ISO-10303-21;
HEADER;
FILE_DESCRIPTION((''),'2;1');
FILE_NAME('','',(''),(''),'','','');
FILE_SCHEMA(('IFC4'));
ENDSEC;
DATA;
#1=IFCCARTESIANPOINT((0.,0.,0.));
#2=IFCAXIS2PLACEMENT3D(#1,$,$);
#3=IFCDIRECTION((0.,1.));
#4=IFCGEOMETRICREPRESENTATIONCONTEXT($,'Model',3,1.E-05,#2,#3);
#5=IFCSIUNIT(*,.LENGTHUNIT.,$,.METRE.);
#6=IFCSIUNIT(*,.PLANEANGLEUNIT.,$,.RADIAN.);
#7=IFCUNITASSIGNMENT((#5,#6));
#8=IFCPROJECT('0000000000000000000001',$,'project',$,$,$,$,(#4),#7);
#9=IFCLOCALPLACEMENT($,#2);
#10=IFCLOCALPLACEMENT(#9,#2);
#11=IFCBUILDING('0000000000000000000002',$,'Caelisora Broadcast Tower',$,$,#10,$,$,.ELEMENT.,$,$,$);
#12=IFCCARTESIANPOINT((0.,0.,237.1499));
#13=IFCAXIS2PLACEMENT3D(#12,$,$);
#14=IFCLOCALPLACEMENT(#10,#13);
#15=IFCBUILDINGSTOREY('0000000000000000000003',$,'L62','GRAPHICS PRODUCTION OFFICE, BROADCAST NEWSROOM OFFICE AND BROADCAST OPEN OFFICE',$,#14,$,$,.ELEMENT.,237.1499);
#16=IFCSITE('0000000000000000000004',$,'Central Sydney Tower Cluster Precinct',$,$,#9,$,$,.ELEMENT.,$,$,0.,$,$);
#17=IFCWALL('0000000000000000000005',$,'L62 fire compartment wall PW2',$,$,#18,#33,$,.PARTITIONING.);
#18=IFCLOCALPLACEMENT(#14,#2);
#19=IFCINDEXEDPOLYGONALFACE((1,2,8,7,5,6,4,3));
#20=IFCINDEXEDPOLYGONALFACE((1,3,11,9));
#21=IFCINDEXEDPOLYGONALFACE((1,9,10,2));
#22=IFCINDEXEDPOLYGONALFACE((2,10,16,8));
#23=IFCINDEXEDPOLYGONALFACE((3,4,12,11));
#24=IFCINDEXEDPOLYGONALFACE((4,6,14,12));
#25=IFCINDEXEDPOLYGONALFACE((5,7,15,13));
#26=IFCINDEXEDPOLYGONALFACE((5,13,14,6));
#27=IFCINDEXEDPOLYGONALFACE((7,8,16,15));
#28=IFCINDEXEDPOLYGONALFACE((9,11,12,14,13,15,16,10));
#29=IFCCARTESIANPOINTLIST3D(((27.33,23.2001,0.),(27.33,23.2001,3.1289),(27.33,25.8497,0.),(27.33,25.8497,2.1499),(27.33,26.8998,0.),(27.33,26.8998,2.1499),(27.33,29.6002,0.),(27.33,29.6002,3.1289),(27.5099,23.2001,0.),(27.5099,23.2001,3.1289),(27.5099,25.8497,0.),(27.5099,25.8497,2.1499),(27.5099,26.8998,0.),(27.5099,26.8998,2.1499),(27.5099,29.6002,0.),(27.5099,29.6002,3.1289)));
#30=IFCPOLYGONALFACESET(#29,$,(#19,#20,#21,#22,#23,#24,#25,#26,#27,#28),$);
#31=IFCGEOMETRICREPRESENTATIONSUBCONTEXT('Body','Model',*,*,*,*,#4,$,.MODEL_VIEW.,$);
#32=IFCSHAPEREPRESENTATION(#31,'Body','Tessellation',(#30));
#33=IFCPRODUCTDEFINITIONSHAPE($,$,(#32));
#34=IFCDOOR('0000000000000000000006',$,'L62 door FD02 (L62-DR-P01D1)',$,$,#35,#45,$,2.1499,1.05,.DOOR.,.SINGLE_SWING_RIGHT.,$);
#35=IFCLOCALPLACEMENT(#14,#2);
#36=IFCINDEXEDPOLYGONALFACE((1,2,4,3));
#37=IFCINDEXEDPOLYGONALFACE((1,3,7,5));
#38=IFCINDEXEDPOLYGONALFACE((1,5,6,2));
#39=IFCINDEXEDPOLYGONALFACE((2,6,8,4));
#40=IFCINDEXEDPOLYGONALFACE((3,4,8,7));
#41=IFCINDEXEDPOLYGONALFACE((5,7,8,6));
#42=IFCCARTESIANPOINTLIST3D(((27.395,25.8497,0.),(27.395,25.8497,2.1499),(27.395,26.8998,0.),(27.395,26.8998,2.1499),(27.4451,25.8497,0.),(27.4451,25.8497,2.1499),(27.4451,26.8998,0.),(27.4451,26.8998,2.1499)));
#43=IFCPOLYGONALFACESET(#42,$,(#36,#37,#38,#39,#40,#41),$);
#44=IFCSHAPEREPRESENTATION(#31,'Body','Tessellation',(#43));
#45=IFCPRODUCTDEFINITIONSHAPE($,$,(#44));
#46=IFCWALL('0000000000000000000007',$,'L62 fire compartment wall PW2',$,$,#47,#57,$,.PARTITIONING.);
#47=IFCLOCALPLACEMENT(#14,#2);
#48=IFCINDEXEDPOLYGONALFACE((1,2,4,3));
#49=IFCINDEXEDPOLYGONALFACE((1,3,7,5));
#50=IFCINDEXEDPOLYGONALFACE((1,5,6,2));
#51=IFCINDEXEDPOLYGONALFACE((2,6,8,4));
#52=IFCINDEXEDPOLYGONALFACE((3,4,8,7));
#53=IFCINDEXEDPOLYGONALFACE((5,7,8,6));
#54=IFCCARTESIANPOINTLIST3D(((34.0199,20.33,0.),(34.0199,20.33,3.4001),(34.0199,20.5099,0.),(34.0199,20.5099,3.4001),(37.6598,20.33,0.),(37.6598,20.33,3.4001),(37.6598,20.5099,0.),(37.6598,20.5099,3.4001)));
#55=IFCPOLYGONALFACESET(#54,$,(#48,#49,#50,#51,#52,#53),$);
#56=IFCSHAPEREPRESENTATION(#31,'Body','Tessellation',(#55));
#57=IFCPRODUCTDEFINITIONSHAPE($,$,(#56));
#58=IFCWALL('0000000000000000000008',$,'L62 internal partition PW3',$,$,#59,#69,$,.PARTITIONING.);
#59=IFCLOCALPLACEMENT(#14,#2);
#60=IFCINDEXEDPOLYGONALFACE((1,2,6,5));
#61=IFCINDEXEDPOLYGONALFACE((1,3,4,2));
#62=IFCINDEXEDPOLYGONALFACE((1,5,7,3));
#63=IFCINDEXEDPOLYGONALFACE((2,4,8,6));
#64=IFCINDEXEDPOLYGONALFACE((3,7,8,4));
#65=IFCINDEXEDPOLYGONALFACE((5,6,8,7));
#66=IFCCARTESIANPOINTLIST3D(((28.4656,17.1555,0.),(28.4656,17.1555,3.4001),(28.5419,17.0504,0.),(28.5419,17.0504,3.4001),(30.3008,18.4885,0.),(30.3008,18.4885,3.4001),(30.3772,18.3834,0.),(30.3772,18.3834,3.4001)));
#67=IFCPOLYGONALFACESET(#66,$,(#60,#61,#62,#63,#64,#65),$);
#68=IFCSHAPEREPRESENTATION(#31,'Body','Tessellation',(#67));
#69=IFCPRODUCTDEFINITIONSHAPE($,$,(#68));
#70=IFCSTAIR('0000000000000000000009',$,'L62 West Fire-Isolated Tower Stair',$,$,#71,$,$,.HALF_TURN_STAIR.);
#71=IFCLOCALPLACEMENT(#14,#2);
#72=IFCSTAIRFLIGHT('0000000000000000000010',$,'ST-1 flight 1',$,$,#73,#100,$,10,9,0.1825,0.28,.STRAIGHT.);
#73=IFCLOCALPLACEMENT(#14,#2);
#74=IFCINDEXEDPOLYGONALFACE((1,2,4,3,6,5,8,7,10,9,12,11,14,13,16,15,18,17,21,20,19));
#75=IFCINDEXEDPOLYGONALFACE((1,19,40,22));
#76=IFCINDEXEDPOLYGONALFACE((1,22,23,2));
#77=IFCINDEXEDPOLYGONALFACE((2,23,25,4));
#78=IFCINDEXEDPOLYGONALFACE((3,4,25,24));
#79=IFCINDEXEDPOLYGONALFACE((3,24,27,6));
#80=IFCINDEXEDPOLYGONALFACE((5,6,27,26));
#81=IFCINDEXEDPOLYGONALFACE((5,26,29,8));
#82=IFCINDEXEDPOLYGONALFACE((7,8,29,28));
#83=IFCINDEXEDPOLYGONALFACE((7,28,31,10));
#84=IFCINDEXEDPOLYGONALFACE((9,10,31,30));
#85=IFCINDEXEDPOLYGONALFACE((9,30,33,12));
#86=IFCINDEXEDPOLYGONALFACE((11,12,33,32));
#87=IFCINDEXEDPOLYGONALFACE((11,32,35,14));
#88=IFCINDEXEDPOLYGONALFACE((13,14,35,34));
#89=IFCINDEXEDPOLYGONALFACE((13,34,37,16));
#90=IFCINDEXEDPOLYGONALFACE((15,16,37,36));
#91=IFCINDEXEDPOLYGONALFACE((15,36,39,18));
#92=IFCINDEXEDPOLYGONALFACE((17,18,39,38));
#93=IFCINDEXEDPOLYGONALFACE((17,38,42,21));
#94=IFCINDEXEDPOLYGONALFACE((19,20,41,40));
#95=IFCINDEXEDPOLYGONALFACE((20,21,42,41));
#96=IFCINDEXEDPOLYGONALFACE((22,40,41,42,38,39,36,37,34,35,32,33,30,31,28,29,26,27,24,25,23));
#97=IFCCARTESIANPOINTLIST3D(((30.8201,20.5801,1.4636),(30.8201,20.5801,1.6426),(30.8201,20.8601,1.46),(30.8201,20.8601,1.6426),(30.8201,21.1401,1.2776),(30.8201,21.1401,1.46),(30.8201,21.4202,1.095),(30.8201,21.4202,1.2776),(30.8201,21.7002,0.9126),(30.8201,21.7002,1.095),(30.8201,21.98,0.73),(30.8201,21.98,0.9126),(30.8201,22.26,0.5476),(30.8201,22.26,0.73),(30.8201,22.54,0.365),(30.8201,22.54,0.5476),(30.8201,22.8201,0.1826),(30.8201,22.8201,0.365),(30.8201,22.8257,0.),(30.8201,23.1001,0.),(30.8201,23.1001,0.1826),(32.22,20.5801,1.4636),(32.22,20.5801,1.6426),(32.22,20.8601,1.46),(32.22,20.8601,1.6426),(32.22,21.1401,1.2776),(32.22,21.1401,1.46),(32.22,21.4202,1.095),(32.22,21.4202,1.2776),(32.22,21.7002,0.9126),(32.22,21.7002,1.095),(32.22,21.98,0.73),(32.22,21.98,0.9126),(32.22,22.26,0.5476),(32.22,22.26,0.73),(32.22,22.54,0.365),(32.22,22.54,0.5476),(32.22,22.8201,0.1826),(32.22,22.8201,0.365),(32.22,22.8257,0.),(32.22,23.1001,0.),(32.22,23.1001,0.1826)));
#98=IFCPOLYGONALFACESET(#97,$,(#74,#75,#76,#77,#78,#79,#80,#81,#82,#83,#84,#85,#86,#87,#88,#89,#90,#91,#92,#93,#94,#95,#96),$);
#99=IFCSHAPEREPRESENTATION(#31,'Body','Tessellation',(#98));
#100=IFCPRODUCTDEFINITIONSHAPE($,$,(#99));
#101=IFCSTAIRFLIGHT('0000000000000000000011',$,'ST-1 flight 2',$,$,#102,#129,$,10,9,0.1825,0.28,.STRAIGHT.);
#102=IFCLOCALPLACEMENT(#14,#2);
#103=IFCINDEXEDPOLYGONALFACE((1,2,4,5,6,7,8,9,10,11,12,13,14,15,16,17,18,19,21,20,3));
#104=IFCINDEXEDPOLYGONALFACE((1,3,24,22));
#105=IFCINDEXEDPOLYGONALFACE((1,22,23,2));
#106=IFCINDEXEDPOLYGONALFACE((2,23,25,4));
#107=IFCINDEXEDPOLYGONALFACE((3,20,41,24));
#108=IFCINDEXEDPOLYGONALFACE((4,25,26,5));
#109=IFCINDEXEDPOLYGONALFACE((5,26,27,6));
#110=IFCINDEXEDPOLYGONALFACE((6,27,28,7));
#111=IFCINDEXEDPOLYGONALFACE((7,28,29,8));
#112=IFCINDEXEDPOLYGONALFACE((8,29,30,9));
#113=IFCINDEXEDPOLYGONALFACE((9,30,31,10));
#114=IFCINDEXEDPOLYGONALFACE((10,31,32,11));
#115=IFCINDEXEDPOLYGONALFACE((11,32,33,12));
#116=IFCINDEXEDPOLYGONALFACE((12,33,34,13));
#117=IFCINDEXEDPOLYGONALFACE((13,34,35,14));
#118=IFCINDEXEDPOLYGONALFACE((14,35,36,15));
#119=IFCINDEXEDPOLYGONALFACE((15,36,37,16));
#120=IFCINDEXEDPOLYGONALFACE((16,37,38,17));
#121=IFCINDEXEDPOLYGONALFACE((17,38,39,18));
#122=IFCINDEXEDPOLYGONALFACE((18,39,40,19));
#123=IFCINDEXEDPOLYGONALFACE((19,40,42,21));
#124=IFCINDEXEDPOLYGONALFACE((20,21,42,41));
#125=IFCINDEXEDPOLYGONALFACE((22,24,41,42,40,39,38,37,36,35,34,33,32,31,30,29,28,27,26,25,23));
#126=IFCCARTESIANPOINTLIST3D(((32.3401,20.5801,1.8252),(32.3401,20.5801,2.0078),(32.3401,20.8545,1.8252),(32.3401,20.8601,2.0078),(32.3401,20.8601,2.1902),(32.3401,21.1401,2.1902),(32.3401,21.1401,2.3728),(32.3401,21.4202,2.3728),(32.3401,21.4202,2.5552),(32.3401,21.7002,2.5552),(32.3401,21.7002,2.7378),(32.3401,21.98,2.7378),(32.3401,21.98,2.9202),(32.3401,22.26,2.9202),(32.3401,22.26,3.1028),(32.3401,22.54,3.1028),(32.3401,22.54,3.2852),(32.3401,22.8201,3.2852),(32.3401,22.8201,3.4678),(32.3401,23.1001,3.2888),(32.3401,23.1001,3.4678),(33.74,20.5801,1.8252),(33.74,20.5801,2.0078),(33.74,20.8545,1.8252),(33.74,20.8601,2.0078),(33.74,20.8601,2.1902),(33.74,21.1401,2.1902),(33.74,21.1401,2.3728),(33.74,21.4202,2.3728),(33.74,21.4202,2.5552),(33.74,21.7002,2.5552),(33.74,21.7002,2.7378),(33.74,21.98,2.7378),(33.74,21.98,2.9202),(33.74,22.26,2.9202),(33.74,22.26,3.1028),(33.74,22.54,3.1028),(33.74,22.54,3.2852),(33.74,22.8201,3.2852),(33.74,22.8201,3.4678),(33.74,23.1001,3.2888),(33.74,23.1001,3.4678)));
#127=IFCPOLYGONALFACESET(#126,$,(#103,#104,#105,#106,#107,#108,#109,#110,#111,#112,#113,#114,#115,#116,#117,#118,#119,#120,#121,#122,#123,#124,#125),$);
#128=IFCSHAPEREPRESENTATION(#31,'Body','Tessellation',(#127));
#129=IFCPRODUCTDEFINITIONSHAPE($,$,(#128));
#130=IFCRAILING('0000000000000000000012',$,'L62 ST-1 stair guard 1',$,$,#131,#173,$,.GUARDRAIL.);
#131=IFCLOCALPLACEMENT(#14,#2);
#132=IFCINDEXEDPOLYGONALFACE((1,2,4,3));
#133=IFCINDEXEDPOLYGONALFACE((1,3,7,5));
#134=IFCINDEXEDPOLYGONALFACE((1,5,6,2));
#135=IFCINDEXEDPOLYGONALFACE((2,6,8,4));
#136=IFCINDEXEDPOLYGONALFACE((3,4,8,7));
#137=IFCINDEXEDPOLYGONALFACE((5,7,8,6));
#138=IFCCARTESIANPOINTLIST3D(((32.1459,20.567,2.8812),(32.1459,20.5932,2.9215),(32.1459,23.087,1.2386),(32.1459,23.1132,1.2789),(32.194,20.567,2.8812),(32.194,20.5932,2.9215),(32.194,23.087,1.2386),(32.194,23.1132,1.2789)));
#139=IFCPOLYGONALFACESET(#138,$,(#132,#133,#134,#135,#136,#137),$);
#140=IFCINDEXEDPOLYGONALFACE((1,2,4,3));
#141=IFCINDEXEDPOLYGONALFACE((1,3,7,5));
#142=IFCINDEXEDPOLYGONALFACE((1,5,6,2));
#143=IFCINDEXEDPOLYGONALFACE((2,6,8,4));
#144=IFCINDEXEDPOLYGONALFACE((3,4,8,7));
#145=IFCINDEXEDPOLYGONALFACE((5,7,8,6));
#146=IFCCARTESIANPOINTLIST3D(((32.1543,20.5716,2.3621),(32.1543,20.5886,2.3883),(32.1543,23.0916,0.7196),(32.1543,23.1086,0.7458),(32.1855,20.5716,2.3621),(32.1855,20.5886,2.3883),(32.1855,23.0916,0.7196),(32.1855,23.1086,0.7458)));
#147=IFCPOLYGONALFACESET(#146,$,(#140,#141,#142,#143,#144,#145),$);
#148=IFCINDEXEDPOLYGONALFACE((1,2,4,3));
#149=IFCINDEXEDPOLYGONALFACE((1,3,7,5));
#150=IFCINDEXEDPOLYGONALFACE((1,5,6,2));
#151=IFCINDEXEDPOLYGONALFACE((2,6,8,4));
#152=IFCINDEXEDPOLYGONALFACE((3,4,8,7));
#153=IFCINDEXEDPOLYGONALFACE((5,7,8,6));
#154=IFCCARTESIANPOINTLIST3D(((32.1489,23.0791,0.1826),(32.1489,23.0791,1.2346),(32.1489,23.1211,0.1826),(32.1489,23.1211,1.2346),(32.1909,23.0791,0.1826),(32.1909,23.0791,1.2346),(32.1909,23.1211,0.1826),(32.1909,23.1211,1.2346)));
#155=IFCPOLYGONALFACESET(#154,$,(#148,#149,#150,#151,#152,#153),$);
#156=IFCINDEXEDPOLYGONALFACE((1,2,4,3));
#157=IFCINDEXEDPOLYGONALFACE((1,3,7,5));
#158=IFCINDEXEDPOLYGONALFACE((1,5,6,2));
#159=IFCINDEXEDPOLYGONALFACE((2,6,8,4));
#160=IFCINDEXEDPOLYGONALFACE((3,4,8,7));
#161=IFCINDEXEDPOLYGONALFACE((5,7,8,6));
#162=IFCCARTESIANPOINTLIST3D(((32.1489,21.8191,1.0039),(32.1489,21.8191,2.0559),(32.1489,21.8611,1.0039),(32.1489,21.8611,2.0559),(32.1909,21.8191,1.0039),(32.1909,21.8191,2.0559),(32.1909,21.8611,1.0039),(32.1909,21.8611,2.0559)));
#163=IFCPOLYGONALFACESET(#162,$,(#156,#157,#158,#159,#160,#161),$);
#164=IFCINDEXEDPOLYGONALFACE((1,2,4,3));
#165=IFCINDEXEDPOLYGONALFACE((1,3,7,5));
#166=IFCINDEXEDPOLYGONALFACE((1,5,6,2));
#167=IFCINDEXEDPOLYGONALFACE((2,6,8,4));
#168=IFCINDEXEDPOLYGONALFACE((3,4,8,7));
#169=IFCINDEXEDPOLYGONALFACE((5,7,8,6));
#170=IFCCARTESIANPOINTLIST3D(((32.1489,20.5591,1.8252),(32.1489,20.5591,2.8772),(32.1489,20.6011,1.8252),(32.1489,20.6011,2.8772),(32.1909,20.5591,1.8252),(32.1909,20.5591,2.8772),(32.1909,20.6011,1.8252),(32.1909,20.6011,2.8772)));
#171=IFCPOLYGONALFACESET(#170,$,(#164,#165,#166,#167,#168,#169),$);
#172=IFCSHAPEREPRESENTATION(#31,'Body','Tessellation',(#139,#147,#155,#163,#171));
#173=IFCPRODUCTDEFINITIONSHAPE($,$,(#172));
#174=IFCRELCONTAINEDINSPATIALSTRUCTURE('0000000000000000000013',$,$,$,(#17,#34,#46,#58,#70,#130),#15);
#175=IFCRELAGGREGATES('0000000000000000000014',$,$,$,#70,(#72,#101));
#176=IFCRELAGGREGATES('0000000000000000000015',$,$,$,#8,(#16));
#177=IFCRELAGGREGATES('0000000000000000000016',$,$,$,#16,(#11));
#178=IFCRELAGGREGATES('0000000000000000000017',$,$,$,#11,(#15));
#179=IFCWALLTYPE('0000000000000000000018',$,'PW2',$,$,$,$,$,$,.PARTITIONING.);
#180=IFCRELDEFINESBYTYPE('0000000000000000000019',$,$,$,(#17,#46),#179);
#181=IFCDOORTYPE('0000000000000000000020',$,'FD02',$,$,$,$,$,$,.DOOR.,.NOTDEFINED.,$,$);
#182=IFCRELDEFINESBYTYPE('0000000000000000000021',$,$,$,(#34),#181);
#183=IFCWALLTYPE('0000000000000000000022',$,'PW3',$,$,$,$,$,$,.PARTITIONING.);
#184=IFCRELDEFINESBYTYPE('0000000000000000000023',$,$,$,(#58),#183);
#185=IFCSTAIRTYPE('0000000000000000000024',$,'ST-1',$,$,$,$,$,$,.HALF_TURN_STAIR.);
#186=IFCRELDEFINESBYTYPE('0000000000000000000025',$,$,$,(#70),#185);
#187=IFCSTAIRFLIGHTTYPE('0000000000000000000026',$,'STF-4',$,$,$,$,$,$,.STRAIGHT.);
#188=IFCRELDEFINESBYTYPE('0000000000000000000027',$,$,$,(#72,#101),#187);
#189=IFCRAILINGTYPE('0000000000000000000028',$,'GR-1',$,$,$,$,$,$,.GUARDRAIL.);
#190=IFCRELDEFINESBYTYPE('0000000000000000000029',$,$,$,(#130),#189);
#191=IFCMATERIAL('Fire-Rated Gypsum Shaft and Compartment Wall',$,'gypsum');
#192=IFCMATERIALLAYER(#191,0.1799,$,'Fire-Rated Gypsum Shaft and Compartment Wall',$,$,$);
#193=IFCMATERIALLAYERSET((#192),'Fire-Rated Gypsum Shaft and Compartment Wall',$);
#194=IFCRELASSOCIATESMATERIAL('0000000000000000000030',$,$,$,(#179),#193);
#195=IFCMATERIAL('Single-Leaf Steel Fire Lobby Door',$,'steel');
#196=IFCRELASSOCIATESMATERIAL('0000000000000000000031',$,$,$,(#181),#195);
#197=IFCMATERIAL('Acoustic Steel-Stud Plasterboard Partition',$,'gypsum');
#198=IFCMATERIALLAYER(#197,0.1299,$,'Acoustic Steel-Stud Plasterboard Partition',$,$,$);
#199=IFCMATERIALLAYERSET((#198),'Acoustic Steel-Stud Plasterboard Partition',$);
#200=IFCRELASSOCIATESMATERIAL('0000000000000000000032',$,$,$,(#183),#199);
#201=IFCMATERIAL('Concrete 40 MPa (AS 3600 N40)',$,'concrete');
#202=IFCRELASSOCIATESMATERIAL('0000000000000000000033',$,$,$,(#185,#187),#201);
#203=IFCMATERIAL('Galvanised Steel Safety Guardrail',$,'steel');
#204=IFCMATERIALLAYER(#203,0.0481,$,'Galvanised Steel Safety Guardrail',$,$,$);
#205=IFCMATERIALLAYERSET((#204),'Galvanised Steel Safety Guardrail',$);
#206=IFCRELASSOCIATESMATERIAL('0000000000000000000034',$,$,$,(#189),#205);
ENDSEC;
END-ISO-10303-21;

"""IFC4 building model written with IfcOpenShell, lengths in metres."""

from ifc_helpers import new_model, si_unit, direction, frame, frame_2d, origin, origin_2d, place, context, subcontext, project, spatial, polyline, rectangle, outline, extrude, material, layer, layer_set, type_object, element, fill, aggregate, save


model = new_model("IFC4")

# Units and contexts
model_context = context("Model", 3, precision=1e-05, world=origin(), true_north=direction((0.0, 1.0)))
body_context = subcontext(model_context, "Body", "Model", "MODEL_VIEW")
ifc_project = project(units=[si_unit("LENGTHUNIT", "METRE"), si_unit("PLANEANGLEUNIT", "RADIAN")], contexts=[model_context])

# Site, building, storey
site_placement = place(None, origin())
site = spatial("IfcSite", under=ifc_project, at=site_placement, Name="Central Sydney Tower Cluster Precinct", CompositionType="ELEMENT", RefElevation=0.0)
building_placement = place(site_placement, origin())
building = spatial("IfcBuilding", under=site, at=building_placement, Name="Caelisora Broadcast Tower", CompositionType="ELEMENT")
storey_placement = place(building_placement, frame((0.0, 0.0, 237.1499)))
storey = spatial("IfcBuildingStorey", under=building, at=storey_placement, Name="L62", Description="GRAPHICS PRODUCTION OFFICE, BROADCAST NEWSROOM OFFICE AND BROADCAST OPEN OFFICE", CompositionType="ELEMENT", Elevation=237.1499)

# Shared definitions
ifc_material_1 = material(Name="Concrete 40 MPa (AS 3600 N40)", Category="concrete")

# Wall, opening, door
ifc_material_2 = material(Name="Fire-Rated Gypsum Shaft and Compartment Wall", Category="gypsum")
ifc_layer_1 = layer(ifc_material_2, 0.1799, Name="Fire-Rated Gypsum Shaft and Compartment Wall")
ifc_layer_set_1 = layer_set([ifc_layer_1], Name="Fire-Rated Gypsum Shaft and Compartment Wall")
wall_type_1 = type_object("IfcWallType", Name="PW2", PredefinedType="PARTITIONING", material=ifc_layer_set_1)
wall_1_placement = place(storey_placement, frame((27.4199, 23.2, 0.0), z_axis=(0.0, 0.0, 1.0), x_axis=(0.0, 1.0, 0.0)))
wall_1 = element("IfcWall", 1, at=wall_1_placement, inside=storey, type_object=wall_type_1, Name="L62 fire compartment wall PW2", PredefinedType="PARTITIONING", context=body_context, shape_type="SweptSolid", body=[
    extrude(rectangle(XDim=6.4001, YDim=0.1799, at=frame_2d((3.2002, 0.0))), origin(), (0.0, 0.0, 1.0), 3.1289),
])
opening_placement = place(wall_1_placement, frame((2.6499, 0.0, 0.0)))
opening = element("IfcOpeningElement", 2, at=opening_placement, cuts=wall_1, PredefinedType="OPENING", context=body_context, shape_type="SweptSolid", body=[
    extrude(rectangle(XDim=1.05, YDim=2.1499, at=frame_2d((0.5249, 1.075))), frame((0.0, 0.1021, 0.0), z_axis=(0.0, -1.0, 0.0), x_axis=(1.0, 0.0, 0.0)), (0.0, 0.0, 1.0), 0.2039),
])
ifc_material_3 = material(Name="Single-Leaf Steel Fire Lobby Door", Category="steel")
door_type = type_object("IfcDoorType", Name="FD02", OperationType="NOTDEFINED", PredefinedType="DOOR", material=ifc_material_3)
door_placement = place(opening_placement, origin())
door = element("IfcDoor", 3, at=door_placement, inside=storey, type_object=door_type, Name="L62 door FD02 (L62-DR-P01D1)", OperationType="SINGLE_SWING_RIGHT", OverallHeight=2.1499, OverallWidth=1.05, PredefinedType="DOOR", context=body_context, shape_type="SweptSolid", body=[
    extrude(rectangle(XDim=1.05, YDim=2.1499, at=frame_2d((0.5249, 1.075))), frame((0.0, 0.0249, 0.0), z_axis=(0.0, -1.0, 0.0), x_axis=(1.0, 0.0, 0.0)), (0.0, 0.0, 1.0), 0.05),
])
fill(opening, door)

# Walls
wall_2_placement = place(storey_placement, frame((34.02, 20.4199, 0.0), z_axis=(0.0, 0.0, 1.0), x_axis=(1.0, 0.0, 0.0)))
element("IfcWall", 4, at=wall_2_placement, inside=storey, type_object=wall_type_1, Name="L62 fire compartment wall PW2", PredefinedType="PARTITIONING", context=body_context, shape_type="SweptSolid", body=[
    extrude(rectangle(XDim=3.6399, YDim=0.1799, at=frame_2d((1.8198, 0.0))), origin(), (0.0, 0.0, 1.0), 3.4001),
])
ifc_material_4 = material(Name="Acoustic Steel-Stud Plasterboard Partition", Category="gypsum")
ifc_layer_2 = layer(ifc_material_4, 0.1299, Name="Acoustic Steel-Stud Plasterboard Partition")
ifc_layer_set_2 = layer_set([ifc_layer_2], Name="Acoustic Steel-Stud Plasterboard Partition")
wall_type_2 = type_object("IfcWallType", Name="PW3", PredefinedType="PARTITIONING", material=ifc_layer_set_2)
wall_3_placement = place(storey_placement, frame((30.3391, 18.436, 0.0), z_axis=(0.0, 0.0, 1.0), x_axis=(-0.80909, -0.587685, 0.0)))
element("IfcWall", 5, at=wall_3_placement, inside=storey, type_object=wall_type_2, Name="L62 internal partition PW3", PredefinedType="PARTITIONING", context=body_context, shape_type="SweptSolid", body=[
    extrude(rectangle(XDim=2.2683, YDim=0.1299, at=frame_2d((1.1343, 0.0))), origin(), (0.0, 0.0, 1.0), 3.4001),
])

# Stair, stair flights
stair_type = type_object("IfcStairType", Name="ST-1", PredefinedType="HALF_TURN_STAIR", material=ifc_material_1)
stair_placement = place(storey_placement, origin())
stair = element("IfcStair", 6, at=stair_placement, inside=storey, type_object=stair_type, Name="L62 West Fire-Isolated Tower Stair", PredefinedType="HALF_TURN_STAIR")
stair_flight_type = type_object("IfcStairFlightType", Name="STF-4", PredefinedType="STRAIGHT", material=ifc_material_1)
stair_flight_1_placement = place(storey_placement, frame((31.52, 23.1001, 0.0), z_axis=(0.0, 0.0, 1.0), x_axis=(0.0, -1.0, 0.0)))
stair_flight_1 = element("IfcStairFlight", 7, at=stair_flight_1_placement, type_object=stair_flight_type, Name="ST-1 flight 1", NumberOfRisers=10, NumberOfTreads=9, PredefinedType="STRAIGHT", RiserHeight=0.1825, TreadLength=0.28, context=body_context, shape_type="SweptSolid", body=[
    extrude(outline(polyline([(0.0, 0.0), (0.0, 0.1826), (0.28, 0.1826), (0.28, 0.365), (0.5601, 0.365), (0.5601, 0.5476), (0.8401, 0.5476), (0.8401, 0.73), (1.1201, 0.73), (1.1201, 0.9126), (1.3999, 0.9126), (1.3999, 1.095), (1.6799, 1.095), (1.6799, 1.2776), (1.96, 1.2776), (1.96, 1.46), (2.24, 1.46), (2.24, 1.6426), (2.52, 1.6426), (2.52, 1.825), (2.52, 1.4636), (0.2744, 0.0), (0.0, 0.0)])), frame((0.0, 0.7, 0.0), z_axis=(0.0, -1.0, 0.0), x_axis=(1.0, 0.0, 0.0)), (0.0, 0.0, 1.0), 1.3999),
])
stair_flight_2_placement = place(storey_placement, frame((33.04, 20.5801, 1.8252), z_axis=(0.0, 0.0, 1.0), x_axis=(0.0, 1.0, 0.0)))
stair_flight_2 = element("IfcStairFlight", 8, at=stair_flight_2_placement, type_object=stair_flight_type, Name="ST-1 flight 2", NumberOfRisers=10, NumberOfTreads=9, PredefinedType="STRAIGHT", RiserHeight=0.1825, TreadLength=0.28, context=body_context, shape_type="SweptSolid", body=[
    extrude(outline(polyline([(0.0, 0.0), (0.0, 0.1826), (0.28, 0.1826), (0.28, 0.365), (0.5601, 0.365), (0.5601, 0.5476), (0.8401, 0.5476), (0.8401, 0.73), (1.1201, 0.73), (1.1201, 0.9126), (1.3999, 0.9126), (1.3999, 1.095), (1.6799, 1.095), (1.6799, 1.2776), (1.96, 1.2776), (1.96, 1.46), (2.24, 1.46), (2.24, 1.6426), (2.52, 1.6426), (2.52, 1.825), (2.52, 1.4636), (0.2744, 0.0), (0.0, 0.0)])), frame((0.0, 0.7, 0.0), z_axis=(0.0, -1.0, 0.0), x_axis=(1.0, 0.0, 0.0)), (0.0, 0.0, 1.0), 1.3999),
])
aggregate(stair, [stair_flight_1, stair_flight_2])

# Railing
ifc_material_5 = material(Name="Galvanised Steel Safety Guardrail", Category="steel")
ifc_layer_3 = layer(ifc_material_5, 0.0481, Name="Galvanised Steel Safety Guardrail")
ifc_layer_set_3 = layer_set([ifc_layer_3], Name="Galvanised Steel Safety Guardrail")
railing_type_1 = type_object("IfcRailingType", Name="GR-1", PredefinedType="GUARDRAIL", material=ifc_layer_set_3)
railing_1_placement = place(storey_placement, frame((32.1699, 23.1001, 0.1826)))
element("IfcRailing", 9, at=railing_1_placement, inside=storey, type_object=railing_type_1, Name="L62 ST-1 stair guard 1", PredefinedType="GUARDRAIL", context=body_context, shape_type="SweptSolid", body=[
    extrude(rectangle(XDim=0.0481, YDim=0.0481, at=origin_2d()), frame((0.0, 0.0, 1.0762), z_axis=(0.0, -0.837749, 0.546055), x_axis=(1.0, 0.0, 0.0)), (0.0, 0.0, 1.0), 3.0081),
    extrude(rectangle(XDim=0.0312, YDim=0.0312, at=origin_2d()), frame((0.0, 0.0, 0.55), z_axis=(0.0, -0.837749, 0.546055), x_axis=(1.0, 0.0, 0.0)), (0.0, 0.0, 1.0), 3.0081),
    extrude(rectangle(XDim=0.042, YDim=0.042, at=origin_2d()), origin(), (0.0, 0.0, 1.0), 1.052),
    extrude(rectangle(XDim=0.042, YDim=0.042, at=origin_2d()), frame((0.0, -1.26, 0.8213)), (0.0, 0.0, 1.0), 1.052),
    extrude(rectangle(XDim=0.042, YDim=0.042, at=origin_2d()), frame((0.0, -2.52, 1.6426)), (0.0, 0.0, 1.0), 1.052),
])

save(model, "model.ifc")
